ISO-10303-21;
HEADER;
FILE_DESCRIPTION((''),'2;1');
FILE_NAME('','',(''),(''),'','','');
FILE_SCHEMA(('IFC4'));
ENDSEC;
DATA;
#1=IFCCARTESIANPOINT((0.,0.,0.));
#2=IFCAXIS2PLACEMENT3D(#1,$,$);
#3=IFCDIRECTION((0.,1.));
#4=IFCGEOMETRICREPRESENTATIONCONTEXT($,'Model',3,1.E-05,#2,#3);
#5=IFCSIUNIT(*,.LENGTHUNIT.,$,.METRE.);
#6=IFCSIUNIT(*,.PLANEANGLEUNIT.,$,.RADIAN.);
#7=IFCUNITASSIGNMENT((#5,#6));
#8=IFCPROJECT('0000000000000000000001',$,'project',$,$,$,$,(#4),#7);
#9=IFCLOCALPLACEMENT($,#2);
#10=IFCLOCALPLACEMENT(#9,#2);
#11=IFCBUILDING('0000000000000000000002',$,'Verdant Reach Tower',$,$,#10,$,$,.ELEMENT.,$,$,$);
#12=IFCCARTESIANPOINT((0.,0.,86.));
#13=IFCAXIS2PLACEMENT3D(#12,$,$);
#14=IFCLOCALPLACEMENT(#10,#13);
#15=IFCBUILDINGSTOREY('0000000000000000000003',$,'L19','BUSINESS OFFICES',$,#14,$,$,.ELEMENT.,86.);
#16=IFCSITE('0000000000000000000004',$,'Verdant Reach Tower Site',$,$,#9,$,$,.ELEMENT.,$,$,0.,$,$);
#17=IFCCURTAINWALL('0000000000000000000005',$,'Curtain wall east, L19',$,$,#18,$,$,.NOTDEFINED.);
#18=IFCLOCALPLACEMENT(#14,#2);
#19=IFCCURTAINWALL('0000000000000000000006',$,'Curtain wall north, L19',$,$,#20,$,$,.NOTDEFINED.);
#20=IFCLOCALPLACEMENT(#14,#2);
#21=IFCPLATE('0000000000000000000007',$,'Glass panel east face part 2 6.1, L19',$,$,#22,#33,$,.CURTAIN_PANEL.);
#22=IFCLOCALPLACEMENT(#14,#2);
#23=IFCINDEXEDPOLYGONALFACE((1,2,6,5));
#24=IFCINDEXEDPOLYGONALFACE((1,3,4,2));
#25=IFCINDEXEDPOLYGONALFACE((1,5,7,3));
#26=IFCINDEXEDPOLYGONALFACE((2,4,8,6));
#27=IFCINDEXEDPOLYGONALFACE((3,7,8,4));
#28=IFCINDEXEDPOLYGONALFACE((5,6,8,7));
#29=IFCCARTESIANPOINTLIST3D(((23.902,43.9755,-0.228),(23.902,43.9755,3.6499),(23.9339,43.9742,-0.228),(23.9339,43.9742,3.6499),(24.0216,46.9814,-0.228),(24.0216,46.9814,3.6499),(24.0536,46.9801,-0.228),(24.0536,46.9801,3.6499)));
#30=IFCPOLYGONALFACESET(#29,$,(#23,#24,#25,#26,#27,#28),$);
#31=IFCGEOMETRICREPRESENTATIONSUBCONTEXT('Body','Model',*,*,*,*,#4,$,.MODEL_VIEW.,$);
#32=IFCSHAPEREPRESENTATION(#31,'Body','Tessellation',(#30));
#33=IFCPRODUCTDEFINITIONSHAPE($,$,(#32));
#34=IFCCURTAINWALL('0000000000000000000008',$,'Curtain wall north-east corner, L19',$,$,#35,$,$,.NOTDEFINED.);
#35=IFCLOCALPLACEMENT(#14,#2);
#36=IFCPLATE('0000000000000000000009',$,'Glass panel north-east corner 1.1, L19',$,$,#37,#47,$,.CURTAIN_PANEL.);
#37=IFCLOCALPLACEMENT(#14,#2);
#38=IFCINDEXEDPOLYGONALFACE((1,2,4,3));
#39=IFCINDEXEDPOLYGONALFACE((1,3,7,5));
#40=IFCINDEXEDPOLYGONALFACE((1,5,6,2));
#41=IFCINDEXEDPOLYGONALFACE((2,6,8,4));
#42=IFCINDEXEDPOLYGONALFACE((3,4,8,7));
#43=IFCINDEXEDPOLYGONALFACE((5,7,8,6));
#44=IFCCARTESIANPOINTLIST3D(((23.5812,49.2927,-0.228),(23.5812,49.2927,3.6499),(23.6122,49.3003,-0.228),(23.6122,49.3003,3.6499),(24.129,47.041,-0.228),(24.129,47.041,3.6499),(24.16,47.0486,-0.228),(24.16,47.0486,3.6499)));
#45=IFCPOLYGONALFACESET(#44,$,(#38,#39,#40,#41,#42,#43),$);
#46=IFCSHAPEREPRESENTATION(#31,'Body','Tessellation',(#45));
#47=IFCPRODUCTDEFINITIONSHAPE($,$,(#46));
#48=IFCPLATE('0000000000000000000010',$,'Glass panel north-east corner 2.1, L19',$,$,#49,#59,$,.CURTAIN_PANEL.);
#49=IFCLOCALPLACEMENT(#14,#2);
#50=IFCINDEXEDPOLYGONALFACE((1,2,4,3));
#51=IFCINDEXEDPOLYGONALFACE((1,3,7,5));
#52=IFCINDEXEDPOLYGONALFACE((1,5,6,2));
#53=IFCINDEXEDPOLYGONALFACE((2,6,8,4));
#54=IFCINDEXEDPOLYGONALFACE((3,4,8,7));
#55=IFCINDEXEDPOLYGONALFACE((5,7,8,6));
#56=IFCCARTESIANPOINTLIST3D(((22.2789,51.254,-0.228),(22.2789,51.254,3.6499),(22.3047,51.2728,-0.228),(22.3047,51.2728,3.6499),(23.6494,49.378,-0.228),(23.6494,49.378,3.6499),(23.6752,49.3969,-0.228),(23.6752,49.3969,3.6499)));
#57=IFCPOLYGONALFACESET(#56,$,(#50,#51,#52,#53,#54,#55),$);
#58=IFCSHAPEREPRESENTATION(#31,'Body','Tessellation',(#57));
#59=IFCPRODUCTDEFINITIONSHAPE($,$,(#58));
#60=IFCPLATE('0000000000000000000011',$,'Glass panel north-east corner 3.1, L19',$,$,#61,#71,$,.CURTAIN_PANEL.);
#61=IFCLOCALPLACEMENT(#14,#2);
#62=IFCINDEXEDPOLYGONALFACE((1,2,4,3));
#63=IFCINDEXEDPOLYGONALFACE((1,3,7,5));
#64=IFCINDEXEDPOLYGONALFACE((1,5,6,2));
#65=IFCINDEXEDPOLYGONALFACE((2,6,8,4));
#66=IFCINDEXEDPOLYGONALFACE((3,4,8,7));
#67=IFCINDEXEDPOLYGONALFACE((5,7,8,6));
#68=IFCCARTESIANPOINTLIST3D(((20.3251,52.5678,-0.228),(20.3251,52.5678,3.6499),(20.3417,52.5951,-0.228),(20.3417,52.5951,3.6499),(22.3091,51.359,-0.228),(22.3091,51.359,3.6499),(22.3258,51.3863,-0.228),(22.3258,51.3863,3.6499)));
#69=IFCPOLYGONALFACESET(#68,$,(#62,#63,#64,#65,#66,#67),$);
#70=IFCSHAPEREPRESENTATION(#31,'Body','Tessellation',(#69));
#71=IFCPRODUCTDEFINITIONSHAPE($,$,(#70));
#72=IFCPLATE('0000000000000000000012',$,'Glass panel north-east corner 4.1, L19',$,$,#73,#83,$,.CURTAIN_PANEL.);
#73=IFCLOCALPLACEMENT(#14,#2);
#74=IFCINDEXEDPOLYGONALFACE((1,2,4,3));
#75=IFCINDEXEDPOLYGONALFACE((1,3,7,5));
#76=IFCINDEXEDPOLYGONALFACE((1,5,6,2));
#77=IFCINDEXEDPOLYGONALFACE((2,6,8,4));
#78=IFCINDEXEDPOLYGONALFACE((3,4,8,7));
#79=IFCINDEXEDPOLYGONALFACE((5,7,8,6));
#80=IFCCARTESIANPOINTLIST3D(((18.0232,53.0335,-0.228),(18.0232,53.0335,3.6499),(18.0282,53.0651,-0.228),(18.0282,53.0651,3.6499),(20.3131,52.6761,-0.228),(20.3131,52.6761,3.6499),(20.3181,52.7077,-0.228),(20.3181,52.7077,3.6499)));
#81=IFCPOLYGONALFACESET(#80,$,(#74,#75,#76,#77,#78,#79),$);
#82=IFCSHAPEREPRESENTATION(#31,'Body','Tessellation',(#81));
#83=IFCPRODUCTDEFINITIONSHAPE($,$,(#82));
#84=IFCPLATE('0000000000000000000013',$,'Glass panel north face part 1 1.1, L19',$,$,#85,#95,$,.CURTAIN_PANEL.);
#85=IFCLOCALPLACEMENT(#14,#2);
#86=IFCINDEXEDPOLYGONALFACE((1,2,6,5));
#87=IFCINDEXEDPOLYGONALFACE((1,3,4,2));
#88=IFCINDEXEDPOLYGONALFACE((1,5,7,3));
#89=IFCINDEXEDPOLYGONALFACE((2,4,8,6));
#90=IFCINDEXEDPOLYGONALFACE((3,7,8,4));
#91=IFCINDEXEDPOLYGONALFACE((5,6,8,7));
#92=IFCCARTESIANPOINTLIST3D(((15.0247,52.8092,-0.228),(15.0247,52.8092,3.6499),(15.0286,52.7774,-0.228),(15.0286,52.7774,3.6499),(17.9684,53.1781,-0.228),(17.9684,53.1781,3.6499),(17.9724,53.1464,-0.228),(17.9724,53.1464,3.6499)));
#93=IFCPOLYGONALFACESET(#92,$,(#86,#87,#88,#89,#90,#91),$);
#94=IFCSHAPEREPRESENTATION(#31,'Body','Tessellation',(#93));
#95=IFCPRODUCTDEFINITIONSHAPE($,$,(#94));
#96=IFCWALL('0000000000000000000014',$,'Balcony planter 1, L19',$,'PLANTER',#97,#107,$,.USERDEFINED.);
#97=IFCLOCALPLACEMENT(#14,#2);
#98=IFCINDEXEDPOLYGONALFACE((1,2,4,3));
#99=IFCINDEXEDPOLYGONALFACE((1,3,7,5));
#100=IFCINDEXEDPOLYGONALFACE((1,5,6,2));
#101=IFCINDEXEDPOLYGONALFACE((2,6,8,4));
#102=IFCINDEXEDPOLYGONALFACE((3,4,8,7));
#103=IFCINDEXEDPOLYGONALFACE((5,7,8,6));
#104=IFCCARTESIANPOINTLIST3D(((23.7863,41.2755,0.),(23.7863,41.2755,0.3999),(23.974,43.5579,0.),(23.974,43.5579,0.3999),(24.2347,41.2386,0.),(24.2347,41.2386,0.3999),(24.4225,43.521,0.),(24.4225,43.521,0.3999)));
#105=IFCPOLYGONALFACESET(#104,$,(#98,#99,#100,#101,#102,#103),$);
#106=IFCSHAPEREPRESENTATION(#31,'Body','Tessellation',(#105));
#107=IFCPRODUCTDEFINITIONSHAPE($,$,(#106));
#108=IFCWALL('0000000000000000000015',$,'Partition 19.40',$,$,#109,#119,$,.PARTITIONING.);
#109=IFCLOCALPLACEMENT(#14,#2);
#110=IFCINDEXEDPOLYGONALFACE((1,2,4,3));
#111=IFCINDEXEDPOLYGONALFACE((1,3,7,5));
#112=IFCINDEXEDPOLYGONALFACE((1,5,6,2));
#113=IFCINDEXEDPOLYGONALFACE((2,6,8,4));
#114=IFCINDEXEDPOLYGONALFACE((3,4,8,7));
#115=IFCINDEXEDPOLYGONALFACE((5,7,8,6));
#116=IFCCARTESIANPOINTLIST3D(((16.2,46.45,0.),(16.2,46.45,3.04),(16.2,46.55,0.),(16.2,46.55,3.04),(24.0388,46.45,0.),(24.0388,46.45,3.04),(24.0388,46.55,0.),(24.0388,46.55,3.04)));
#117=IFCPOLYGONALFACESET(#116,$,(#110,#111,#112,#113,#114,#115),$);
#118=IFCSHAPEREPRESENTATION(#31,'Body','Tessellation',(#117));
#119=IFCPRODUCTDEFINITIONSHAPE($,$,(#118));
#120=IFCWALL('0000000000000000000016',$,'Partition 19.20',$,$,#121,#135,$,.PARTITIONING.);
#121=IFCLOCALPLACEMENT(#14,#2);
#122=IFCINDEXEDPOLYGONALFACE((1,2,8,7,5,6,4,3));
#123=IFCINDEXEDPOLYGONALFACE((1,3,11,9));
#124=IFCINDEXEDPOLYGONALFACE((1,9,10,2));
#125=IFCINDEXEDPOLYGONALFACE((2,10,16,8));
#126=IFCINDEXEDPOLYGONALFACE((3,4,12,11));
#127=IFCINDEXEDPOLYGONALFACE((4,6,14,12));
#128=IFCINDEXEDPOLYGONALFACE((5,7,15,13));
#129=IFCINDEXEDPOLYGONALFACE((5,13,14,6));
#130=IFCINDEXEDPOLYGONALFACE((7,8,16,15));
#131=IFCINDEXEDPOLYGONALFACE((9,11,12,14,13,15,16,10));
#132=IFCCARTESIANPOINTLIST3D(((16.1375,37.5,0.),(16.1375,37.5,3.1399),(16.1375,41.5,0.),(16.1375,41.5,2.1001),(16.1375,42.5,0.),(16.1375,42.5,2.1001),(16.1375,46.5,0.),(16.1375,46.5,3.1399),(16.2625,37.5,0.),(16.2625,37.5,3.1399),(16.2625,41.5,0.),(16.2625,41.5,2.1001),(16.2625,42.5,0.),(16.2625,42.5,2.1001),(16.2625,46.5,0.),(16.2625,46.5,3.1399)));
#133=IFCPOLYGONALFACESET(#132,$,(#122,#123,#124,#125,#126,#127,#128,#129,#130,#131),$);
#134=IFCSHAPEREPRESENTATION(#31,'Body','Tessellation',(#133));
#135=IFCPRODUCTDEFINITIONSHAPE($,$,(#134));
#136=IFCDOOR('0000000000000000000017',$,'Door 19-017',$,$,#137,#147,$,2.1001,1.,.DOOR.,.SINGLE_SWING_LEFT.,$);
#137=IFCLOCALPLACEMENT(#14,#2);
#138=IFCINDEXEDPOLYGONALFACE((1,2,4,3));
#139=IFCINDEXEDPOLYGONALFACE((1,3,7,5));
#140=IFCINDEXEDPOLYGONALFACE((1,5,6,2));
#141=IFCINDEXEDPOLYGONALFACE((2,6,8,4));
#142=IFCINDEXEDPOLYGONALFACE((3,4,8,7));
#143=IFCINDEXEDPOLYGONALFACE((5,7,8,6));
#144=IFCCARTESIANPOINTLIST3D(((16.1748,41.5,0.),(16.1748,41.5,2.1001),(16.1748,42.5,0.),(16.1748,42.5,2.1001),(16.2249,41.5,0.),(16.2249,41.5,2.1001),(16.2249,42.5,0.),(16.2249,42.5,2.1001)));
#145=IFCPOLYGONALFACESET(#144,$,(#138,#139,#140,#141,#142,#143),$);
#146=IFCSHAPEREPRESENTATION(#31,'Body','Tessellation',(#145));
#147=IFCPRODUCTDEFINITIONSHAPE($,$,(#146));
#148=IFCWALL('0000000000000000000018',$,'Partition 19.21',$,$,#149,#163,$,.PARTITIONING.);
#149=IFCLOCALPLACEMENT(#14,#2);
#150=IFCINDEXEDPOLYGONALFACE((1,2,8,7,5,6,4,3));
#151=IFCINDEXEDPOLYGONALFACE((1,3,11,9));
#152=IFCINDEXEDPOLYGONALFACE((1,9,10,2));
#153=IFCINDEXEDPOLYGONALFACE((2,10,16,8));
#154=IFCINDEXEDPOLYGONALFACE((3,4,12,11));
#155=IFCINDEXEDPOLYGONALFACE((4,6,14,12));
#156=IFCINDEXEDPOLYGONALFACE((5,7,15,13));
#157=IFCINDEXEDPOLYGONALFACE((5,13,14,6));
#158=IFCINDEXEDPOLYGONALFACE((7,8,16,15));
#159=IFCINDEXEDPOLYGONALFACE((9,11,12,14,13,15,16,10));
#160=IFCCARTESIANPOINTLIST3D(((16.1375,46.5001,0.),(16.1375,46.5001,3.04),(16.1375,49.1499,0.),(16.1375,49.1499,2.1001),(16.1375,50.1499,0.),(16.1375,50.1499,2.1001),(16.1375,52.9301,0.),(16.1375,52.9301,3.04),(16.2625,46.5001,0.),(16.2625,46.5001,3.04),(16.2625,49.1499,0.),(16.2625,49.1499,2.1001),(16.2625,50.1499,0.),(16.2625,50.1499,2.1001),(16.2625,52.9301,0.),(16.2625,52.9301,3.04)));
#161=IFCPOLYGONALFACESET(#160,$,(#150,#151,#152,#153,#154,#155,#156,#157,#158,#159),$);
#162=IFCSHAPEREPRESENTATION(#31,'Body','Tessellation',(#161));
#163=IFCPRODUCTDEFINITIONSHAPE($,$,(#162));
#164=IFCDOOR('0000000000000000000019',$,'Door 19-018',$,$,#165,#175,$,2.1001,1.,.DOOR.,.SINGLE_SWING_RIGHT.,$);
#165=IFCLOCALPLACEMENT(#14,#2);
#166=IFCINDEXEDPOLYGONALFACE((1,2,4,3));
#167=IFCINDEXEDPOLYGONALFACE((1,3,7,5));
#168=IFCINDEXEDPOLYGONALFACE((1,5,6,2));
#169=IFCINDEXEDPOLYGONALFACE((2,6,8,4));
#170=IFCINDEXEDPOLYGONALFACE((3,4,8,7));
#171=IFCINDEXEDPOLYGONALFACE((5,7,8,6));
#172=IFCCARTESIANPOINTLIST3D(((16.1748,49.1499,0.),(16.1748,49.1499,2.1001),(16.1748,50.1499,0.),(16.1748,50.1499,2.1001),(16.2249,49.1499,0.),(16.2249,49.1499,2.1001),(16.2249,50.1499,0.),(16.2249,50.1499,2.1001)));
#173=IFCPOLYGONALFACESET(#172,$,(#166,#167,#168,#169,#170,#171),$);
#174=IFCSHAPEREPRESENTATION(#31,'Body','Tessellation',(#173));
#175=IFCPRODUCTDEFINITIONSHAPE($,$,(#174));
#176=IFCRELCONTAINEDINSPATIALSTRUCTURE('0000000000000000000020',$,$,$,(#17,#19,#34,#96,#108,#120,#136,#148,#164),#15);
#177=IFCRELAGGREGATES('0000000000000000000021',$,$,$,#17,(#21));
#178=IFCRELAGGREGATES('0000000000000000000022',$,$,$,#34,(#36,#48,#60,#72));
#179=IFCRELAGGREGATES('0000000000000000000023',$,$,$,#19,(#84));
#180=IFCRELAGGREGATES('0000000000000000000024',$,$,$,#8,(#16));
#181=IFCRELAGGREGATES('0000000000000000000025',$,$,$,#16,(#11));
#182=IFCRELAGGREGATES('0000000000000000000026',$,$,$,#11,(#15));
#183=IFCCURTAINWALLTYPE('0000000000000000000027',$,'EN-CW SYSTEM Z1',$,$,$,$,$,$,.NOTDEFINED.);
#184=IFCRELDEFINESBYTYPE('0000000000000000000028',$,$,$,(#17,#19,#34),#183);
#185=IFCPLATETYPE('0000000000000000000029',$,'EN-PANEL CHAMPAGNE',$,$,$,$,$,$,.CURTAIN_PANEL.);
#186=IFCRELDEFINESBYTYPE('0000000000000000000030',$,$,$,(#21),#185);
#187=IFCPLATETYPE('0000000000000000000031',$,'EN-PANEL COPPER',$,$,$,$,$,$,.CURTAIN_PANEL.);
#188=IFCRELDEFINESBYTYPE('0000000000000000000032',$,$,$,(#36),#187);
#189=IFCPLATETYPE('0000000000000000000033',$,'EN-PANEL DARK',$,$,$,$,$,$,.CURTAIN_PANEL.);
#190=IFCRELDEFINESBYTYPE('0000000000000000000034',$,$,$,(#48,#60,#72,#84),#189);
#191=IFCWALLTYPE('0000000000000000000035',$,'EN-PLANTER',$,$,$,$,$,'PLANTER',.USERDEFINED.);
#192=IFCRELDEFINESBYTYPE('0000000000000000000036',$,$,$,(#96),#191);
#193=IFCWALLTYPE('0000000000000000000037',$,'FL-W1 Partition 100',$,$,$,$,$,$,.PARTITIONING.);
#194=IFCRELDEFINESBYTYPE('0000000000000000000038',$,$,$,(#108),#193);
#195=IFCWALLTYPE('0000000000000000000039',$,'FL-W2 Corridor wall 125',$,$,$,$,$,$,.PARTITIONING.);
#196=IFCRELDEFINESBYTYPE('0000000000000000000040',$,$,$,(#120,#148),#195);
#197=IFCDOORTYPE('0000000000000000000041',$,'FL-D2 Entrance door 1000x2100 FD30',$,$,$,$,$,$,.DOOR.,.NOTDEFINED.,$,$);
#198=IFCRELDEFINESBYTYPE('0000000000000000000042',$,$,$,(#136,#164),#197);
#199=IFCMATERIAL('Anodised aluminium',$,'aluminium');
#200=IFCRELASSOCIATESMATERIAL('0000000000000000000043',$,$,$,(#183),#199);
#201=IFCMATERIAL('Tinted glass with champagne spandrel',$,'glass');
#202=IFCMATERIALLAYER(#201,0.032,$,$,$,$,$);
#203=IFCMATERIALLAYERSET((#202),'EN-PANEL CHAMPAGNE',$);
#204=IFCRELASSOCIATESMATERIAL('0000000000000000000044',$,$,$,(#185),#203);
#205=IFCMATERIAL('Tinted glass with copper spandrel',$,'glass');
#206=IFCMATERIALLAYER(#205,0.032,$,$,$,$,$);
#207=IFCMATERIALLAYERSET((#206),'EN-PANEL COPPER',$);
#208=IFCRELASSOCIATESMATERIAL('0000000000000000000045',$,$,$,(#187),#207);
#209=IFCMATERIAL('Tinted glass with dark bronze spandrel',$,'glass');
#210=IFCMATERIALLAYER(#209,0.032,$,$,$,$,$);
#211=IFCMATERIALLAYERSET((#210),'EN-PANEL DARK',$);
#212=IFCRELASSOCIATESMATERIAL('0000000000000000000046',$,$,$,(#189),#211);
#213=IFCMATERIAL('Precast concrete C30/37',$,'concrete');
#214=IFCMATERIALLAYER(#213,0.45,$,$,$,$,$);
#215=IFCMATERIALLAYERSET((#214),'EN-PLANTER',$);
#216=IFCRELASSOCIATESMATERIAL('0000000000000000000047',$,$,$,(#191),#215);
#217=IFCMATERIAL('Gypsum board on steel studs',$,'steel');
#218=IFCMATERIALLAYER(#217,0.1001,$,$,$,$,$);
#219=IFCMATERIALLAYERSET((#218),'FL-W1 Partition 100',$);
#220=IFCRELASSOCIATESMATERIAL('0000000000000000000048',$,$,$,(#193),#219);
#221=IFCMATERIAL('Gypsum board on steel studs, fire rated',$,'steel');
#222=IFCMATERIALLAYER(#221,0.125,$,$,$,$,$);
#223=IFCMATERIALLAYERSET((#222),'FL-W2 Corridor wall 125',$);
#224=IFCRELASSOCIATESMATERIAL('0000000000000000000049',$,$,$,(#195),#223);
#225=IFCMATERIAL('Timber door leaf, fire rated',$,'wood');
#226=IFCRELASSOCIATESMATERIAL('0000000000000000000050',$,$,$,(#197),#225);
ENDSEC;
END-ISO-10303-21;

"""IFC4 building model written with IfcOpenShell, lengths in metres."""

from ifc_helpers import new_model, si_unit, direction, frame, frame_2d, origin, origin_2d, place, context, subcontext, project, spatial, rectangle, extrude, material, layer, layer_set, type_object, element, fill, aggregate, save


model = new_model("IFC4")

# Units and contexts
model_context = context("Model", 3, precision=1e-05, world=origin(), true_north=direction((0.0, 1.0)))
body_context = subcontext(model_context, "Body", "Model", "MODEL_VIEW")
ifc_project = project(units=[si_unit("LENGTHUNIT", "METRE"), si_unit("PLANEANGLEUNIT", "RADIAN")], contexts=[model_context])

# Site, building, storey
site_placement = place(None, origin())
site = spatial("IfcSite", under=ifc_project, at=site_placement, Name="Verdant Reach Tower Site", CompositionType="ELEMENT", RefElevation=0.0)
building_placement = place(site_placement, origin())
building = spatial("IfcBuilding", under=site, at=building_placement, Name="Verdant Reach Tower", CompositionType="ELEMENT")
storey_placement = place(building_placement, frame((0.0, 0.0, 86.0)))
storey = spatial("IfcBuildingStorey", under=building, at=storey_placement, Name="L19", Description="BUSINESS OFFICES", CompositionType="ELEMENT", Elevation=86.0)

# Curtain walls
ifc_material_1 = material(Name="Anodised aluminium", Category="aluminium")
curtain_wall_type = type_object("IfcCurtainWallType", Name="EN-CW SYSTEM Z1", PredefinedType="NOTDEFINED", material=ifc_material_1)
curtain_wall_1_placement = place(storey_placement, origin())
curtain_wall_1 = element("IfcCurtainWall", 1, at=curtain_wall_1_placement, inside=storey, type_object=curtain_wall_type, Name="Curtain wall east, L19", PredefinedType="NOTDEFINED")
curtain_wall_2_placement = place(storey_placement, origin())
curtain_wall_2 = element("IfcCurtainWall", 2, at=curtain_wall_2_placement, inside=storey, type_object=curtain_wall_type, Name="Curtain wall north, L19", PredefinedType="NOTDEFINED")

# Plate
ifc_material_2 = material(Name="Tinted glass with champagne spandrel", Category="glass")
ifc_layer_1 = layer(ifc_material_2, 0.032)
ifc_layer_set_1 = layer_set([ifc_layer_1], Name="EN-PANEL CHAMPAGNE")
plate_type_1 = type_object("IfcPlateType", Name="EN-PANEL CHAMPAGNE", PredefinedType="CURTAIN_PANEL", material=ifc_layer_set_1)
plate_1_placement = place(storey_placement, frame((23.9778, 45.4778, -0.228), z_axis=(0.0, 0.0, 1.0), x_axis=(0.039784, 0.999208, 0.0)))
plate_1 = element("IfcPlate", 3, at=plate_1_placement, type_object=plate_type_1, Name="Glass panel east face part 2 6.1, L19", PredefinedType="CURTAIN_PANEL", context=body_context, shape_type="SweptSolid", body=[
    extrude(rectangle(XDim=3.0083, YDim=0.032, at=origin_2d()), origin(), (0.0, 0.0, 1.0), 3.8779),
])
aggregate(curtain_wall_1, [plate_1])

# Curtain wall, plates
curtain_wall_3_placement = place(storey_placement, origin())
curtain_wall_3 = element("IfcCurtainWall", 4, at=curtain_wall_3_placement, inside=storey, type_object=curtain_wall_type, Name="Curtain wall north-east corner, L19", PredefinedType="NOTDEFINED")
ifc_material_3 = material(Name="Tinted glass with copper spandrel", Category="glass")
ifc_layer_2 = layer(ifc_material_3, 0.032)
ifc_layer_set_2 = layer_set([ifc_layer_2], Name="EN-PANEL COPPER")
plate_type_2 = type_object("IfcPlateType", Name="EN-PANEL COPPER", PredefinedType="CURTAIN_PANEL", material=ifc_layer_set_2)
plate_2_placement = place(storey_placement, frame((23.8706, 48.1707, -0.228), z_axis=(0.0, 0.0, 1.0), x_axis=(-0.236383, 0.97166, 0.0)))
plate_2 = element("IfcPlate", 5, at=plate_2_placement, type_object=plate_type_2, Name="Glass panel north-east corner 1.1, L19", PredefinedType="CURTAIN_PANEL", context=body_context, shape_type="SweptSolid", body=[
    extrude(rectangle(XDim=2.3174, YDim=0.032, at=origin_2d()), origin(), (0.0, 0.0, 1.0), 3.8779),
])
ifc_material_4 = material(Name="Tinted glass with dark bronze spandrel", Category="glass")
ifc_layer_3 = layer(ifc_material_4, 0.032)
ifc_layer_set_3 = layer_set([ifc_layer_3], Name="EN-PANEL DARK")
plate_type_3 = type_object("IfcPlateType", Name="EN-PANEL DARK", PredefinedType="CURTAIN_PANEL", material=ifc_layer_set_3)
plate_3_placement = place(storey_placement, frame((22.9771, 50.3254, -0.228), z_axis=(0.0, 0.0, 1.0), x_axis=(-0.589927, 0.807457, 0.0)))
plate_3 = element("IfcPlate", 6, at=plate_3_placement, type_object=plate_type_3, Name="Glass panel north-east corner 2.1, L19", PredefinedType="CURTAIN_PANEL", context=body_context, shape_type="SweptSolid", body=[
    extrude(rectangle(XDim=2.3232, YDim=0.032, at=origin_2d()), origin(), (0.0, 0.0, 1.0), 3.8779),
])
plate_4_placement = place(storey_placement, frame((21.3254, 51.9771, -0.228), z_axis=(0.0, 0.0, 1.0), x_axis=(-0.853989, 0.520292, 0.0)))
plate_4 = element("IfcPlate", 7, at=plate_4_placement, type_object=plate_type_3, Name="Glass panel north-east corner 3.1, L19", PredefinedType="CURTAIN_PANEL", context=body_context, shape_type="SweptSolid", body=[
    extrude(rectangle(XDim=2.3232, YDim=0.032, at=origin_2d()), origin(), (0.0, 0.0, 1.0), 3.8779),
])
plate_5_placement = place(storey_placement, frame((19.1707, 52.8706, -0.228), z_axis=(0.0, 0.0, 1.0), x_axis=(-0.988033, 0.154245, 0.0)))
plate_5 = element("IfcPlate", 8, at=plate_5_placement, type_object=plate_type_3, Name="Glass panel north-east corner 4.1, L19", PredefinedType="CURTAIN_PANEL", context=body_context, shape_type="SweptSolid", body=[
    extrude(rectangle(XDim=2.3176, YDim=0.032, at=origin_2d()), origin(), (0.0, 0.0, 1.0), 3.8779),
])
aggregate(curtain_wall_3, [plate_2, plate_3, plate_4, plate_5])

# Plate
plate_6_placement = place(storey_placement, frame((16.4985, 52.9778, -0.228), z_axis=(0.0, 0.0, 1.0), x_axis=(-0.992235, -0.124374, 0.0)))
plate_6 = element("IfcPlate", 9, at=plate_6_placement, type_object=plate_type_3, Name="Glass panel north face part 1 1.1, L19", PredefinedType="CURTAIN_PANEL", context=body_context, shape_type="SweptSolid", body=[
    extrude(rectangle(XDim=2.9668, YDim=0.032, at=origin_2d()), origin(), (0.0, 0.0, 1.0), 3.8779),
])
aggregate(curtain_wall_2, [plate_6])

# Walls
ifc_material_5 = material(Name="Precast concrete C30/37", Category="concrete")
ifc_layer_4 = layer(ifc_material_5, 0.45)
ifc_layer_set_4 = layer_set([ifc_layer_4], Name="EN-PLANTER")
wall_type_1 = type_object("IfcWallType", Name="EN-PLANTER", ElementType="PLANTER", PredefinedType="USERDEFINED", material=ifc_layer_set_4)
wall_1_placement = place(storey_placement, frame((24.0105, 41.2571, 0.0), z_axis=(0.0, 0.0, 1.0), x_axis=(0.081987, 0.996633, 0.0)))
element("IfcWall", 10, at=wall_1_placement, inside=storey, type_object=wall_type_1, Name="Balcony planter 1, L19", ObjectType="PLANTER", PredefinedType="USERDEFINED", context=body_context, shape_type="SweptSolid", body=[
    extrude(rectangle(XDim=2.29, YDim=0.45, at=frame_2d((1.145, 0.0))), origin(), (0.0, 0.0, 1.0), 0.3999),
])
ifc_material_6 = material(Name="Gypsum board on steel studs", Category="steel")
ifc_layer_5 = layer(ifc_material_6, 0.1001)
ifc_layer_set_5 = layer_set([ifc_layer_5], Name="FL-W1 Partition 100")
wall_type_2 = type_object("IfcWallType", Name="FL-W1 Partition 100", PredefinedType="PARTITIONING", material=ifc_layer_set_5)
wall_2_placement = place(storey_placement, frame((24.0388, 46.5, 0.0), z_axis=(0.0, 0.0, 1.0), x_axis=(-1.0, 0.0, 0.0)))
element("IfcWall", 11, at=wall_2_placement, inside=storey, type_object=wall_type_2, Name="Partition 19.40", PredefinedType="PARTITIONING", context=body_context, shape_type="SweptSolid", body=[
    extrude(rectangle(XDim=7.8389, YDim=0.1001, at=frame_2d((3.9194, 0.0))), origin(), (0.0, 0.0, 1.0), 3.04),
])

# Walls, openings, doors
ifc_material_7 = material(Name="Gypsum board on steel studs, fire rated", Category="steel")
ifc_layer_6 = layer(ifc_material_7, 0.125)
ifc_layer_set_6 = layer_set([ifc_layer_6], Name="FL-W2 Corridor wall 125")
wall_type_3 = type_object("IfcWallType", Name="FL-W2 Corridor wall 125", PredefinedType="PARTITIONING", material=ifc_layer_set_6)
wall_3_placement = place(storey_placement, frame((16.2, 46.5, 0.0), z_axis=(0.0, 0.0, 1.0), x_axis=(0.0, -1.0, 0.0)))
wall_3 = element("IfcWall", 12, at=wall_3_placement, inside=storey, type_object=wall_type_3, Name="Partition 19.20", PredefinedType="PARTITIONING", context=body_context, shape_type="SweptSolid", body=[
    extrude(rectangle(XDim=9.0, YDim=0.125, at=frame_2d((4.5, 0.0))), origin(), (0.0, 0.0, 1.0), 3.1399),
])
opening_1_placement = place(wall_3_placement, frame((4.0, 0.0, 0.0)))
opening_1 = element("IfcOpeningElement", 13, at=opening_1_placement, cuts=wall_3, PredefinedType="OPENING", context=body_context, shape_type="SweptSolid", body=[
    extrude(rectangle(XDim=1.0, YDim=2.1001, at=frame_2d((0.5, 1.05))), frame((0.0, 0.0725, 0.0), z_axis=(0.0, -1.0, 0.0), x_axis=(1.0, 0.0, 0.0)), (0.0, 0.0, 1.0), 0.145),
])
ifc_material_8 = material(Name="Timber door leaf, fire rated", Category="wood")
door_type = type_object("IfcDoorType", Name="FL-D2 Entrance door 1000x2100 FD30", OperationType="NOTDEFINED", PredefinedType="DOOR", material=ifc_material_8)
door_1_placement = place(opening_1_placement, origin())
door_1 = element("IfcDoor", 14, at=door_1_placement, inside=storey, type_object=door_type, Name="Door 19-017", OperationType="SINGLE_SWING_LEFT", OverallHeight=2.1001, OverallWidth=1.0, PredefinedType="DOOR", context=body_context, shape_type="SweptSolid", body=[
    extrude(rectangle(XDim=1.0, YDim=2.1001, at=frame_2d((0.5, 1.05))), frame((0.0, 0.0249, 0.0), z_axis=(0.0, -1.0, 0.0), x_axis=(1.0, 0.0, 0.0)), (0.0, 0.0, 1.0), 0.05),
])
fill(opening_1, door_1)
wall_4_placement = place(storey_placement, frame((16.2, 52.9299, 0.0), z_axis=(0.0, 0.0, 1.0), x_axis=(0.0, -1.0, 0.0)))
wall_4 = element("IfcWall", 15, at=wall_4_placement, inside=storey, type_object=wall_type_3, Name="Partition 19.21", PredefinedType="PARTITIONING", context=body_context, shape_type="SweptSolid", body=[
    extrude(rectangle(XDim=6.4299, YDim=0.125, at=frame_2d((3.2148, 0.0))), origin(), (0.0, 0.0, 1.0), 3.04),
])
opening_2_placement = place(wall_4_placement, frame((2.78, 0.0, 0.0)))
opening_2 = element("IfcOpeningElement", 16, at=opening_2_placement, cuts=wall_4, PredefinedType="OPENING", context=body_context, shape_type="SweptSolid", body=[
    extrude(rectangle(XDim=1.0, YDim=2.1001, at=frame_2d((0.5, 1.05))), frame((0.0, 0.0725, 0.0), z_axis=(0.0, -1.0, 0.0), x_axis=(1.0, 0.0, 0.0)), (0.0, 0.0, 1.0), 0.145),
])
door_2_placement = place(opening_2_placement, origin())
door_2 = element("IfcDoor", 17, at=door_2_placement, inside=storey, type_object=door_type, Name="Door 19-018", OperationType="SINGLE_SWING_RIGHT", OverallHeight=2.1001, OverallWidth=1.0, PredefinedType="DOOR", context=body_context, shape_type="SweptSolid", body=[
    extrude(rectangle(XDim=1.0, YDim=2.1001, at=frame_2d((0.5, 1.05))), frame((0.0, 0.0249, 0.0), z_axis=(0.0, -1.0, 0.0), x_axis=(1.0, 0.0, 0.0)), (0.0, 0.0, 1.0), 0.05),
])
fill(opening_2, door_2)

save(model, "model.ifc")
